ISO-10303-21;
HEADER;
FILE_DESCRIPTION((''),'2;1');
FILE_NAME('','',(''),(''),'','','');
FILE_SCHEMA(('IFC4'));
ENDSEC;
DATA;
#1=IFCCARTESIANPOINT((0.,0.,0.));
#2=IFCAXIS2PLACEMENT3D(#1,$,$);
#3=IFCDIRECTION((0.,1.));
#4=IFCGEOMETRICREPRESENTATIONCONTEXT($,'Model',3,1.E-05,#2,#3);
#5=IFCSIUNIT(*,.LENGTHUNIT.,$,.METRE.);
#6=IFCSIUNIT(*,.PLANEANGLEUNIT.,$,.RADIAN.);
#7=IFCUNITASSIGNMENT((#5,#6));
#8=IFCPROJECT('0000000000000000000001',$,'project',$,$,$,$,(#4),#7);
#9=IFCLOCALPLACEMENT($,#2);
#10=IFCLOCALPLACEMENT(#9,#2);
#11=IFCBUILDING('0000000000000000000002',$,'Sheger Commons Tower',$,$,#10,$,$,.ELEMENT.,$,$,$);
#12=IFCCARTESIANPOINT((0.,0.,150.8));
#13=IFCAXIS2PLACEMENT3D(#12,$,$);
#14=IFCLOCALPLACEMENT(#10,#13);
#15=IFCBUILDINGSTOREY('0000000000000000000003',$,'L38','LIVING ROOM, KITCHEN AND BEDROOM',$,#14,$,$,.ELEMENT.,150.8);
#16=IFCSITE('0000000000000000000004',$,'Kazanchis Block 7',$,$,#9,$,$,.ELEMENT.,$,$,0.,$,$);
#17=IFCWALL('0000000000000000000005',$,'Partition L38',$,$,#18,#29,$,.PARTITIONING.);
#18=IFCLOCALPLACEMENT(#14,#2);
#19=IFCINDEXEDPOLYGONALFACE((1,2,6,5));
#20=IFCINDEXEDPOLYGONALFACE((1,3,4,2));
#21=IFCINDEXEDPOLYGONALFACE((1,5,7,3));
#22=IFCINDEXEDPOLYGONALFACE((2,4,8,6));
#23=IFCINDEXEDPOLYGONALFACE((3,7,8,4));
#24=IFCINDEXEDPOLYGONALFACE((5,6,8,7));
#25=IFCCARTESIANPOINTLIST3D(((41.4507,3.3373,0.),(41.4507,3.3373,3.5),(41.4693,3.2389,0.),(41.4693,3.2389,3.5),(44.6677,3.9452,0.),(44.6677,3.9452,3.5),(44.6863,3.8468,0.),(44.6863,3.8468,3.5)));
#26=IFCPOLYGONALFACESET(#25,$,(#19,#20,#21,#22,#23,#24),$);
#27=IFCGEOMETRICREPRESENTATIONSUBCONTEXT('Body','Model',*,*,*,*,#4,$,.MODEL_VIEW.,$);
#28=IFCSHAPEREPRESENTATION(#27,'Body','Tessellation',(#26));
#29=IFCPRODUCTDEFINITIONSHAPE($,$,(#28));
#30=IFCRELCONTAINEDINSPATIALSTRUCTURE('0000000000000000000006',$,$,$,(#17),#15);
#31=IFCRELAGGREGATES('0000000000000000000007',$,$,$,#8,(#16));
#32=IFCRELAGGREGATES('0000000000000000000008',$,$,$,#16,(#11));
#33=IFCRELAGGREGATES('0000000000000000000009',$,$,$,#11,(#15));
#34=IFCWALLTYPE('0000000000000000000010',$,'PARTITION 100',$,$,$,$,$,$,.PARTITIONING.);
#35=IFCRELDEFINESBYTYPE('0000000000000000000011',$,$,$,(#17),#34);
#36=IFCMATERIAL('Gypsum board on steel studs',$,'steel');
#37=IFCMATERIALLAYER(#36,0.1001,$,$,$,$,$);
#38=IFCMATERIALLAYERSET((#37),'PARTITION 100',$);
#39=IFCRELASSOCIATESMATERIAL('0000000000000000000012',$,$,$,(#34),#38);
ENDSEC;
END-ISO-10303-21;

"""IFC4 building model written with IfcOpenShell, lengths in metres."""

from ifc_helpers import new_model, si_unit, direction, frame, frame_2d, origin, place, context, subcontext, project, spatial, rectangle, extrude, material, layer, layer_set, type_object, element, save


model = new_model("IFC4")

# Units and contexts
model_context = context("Model", 3, precision=1e-05, world=origin(), true_north=direction((0.0, 1.0)))
body_context = subcontext(model_context, "Body", "Model", "MODEL_VIEW")
ifc_project = project(units=[si_unit("LENGTHUNIT", "METRE"), si_unit("PLANEANGLEUNIT", "RADIAN")], contexts=[model_context])

# Site, building, storey
site_placement = place(None, origin())
site = spatial("IfcSite", under=ifc_project, at=site_placement, Name="Kazanchis Block 7", CompositionType="ELEMENT", RefElevation=0.0)
building_placement = place(site_placement, origin())
building = spatial("IfcBuilding", under=site, at=building_placement, Name="Sheger Commons Tower", CompositionType="ELEMENT")
storey_placement = place(building_placement, frame((0.0, 0.0, 150.8)))
storey = spatial("IfcBuildingStorey", under=building, at=storey_placement, Name="L38", Description="LIVING ROOM, KITCHEN AND BEDROOM", CompositionType="ELEMENT", Elevation=150.8)

# Shared definitions
ifc_material_1 = material(Name="Gypsum board on steel studs", Category="steel")
ifc_layer_1 = layer(ifc_material_1, 0.1001)
ifc_layer_set_1 = layer_set([ifc_layer_1], Name="PARTITION 100")
wall_type_1 = type_object("IfcWallType", Name="PARTITION 100", PredefinedType="PARTITIONING", material=ifc_layer_set_1)

# Wall
wall_1_placement = place(storey_placement, frame((44.677, 3.896, 0.0), z_axis=(0.0, 0.0, 1.0), x_axis=(-0.98261, -0.18568, 0.0)))
element("IfcWall", 1, at=wall_1_placement, inside=storey, type_object=wall_type_1, Name="Partition L38", PredefinedType="PARTITIONING", context=body_context, shape_type="SweptSolid", body=[
    extrude(rectangle(XDim=3.2739, YDim=0.1001, at=frame_2d((1.637, 0.0))), origin(), (0.0, 0.0, 1.0), 3.5),
])

save(model, "model.ifc")
